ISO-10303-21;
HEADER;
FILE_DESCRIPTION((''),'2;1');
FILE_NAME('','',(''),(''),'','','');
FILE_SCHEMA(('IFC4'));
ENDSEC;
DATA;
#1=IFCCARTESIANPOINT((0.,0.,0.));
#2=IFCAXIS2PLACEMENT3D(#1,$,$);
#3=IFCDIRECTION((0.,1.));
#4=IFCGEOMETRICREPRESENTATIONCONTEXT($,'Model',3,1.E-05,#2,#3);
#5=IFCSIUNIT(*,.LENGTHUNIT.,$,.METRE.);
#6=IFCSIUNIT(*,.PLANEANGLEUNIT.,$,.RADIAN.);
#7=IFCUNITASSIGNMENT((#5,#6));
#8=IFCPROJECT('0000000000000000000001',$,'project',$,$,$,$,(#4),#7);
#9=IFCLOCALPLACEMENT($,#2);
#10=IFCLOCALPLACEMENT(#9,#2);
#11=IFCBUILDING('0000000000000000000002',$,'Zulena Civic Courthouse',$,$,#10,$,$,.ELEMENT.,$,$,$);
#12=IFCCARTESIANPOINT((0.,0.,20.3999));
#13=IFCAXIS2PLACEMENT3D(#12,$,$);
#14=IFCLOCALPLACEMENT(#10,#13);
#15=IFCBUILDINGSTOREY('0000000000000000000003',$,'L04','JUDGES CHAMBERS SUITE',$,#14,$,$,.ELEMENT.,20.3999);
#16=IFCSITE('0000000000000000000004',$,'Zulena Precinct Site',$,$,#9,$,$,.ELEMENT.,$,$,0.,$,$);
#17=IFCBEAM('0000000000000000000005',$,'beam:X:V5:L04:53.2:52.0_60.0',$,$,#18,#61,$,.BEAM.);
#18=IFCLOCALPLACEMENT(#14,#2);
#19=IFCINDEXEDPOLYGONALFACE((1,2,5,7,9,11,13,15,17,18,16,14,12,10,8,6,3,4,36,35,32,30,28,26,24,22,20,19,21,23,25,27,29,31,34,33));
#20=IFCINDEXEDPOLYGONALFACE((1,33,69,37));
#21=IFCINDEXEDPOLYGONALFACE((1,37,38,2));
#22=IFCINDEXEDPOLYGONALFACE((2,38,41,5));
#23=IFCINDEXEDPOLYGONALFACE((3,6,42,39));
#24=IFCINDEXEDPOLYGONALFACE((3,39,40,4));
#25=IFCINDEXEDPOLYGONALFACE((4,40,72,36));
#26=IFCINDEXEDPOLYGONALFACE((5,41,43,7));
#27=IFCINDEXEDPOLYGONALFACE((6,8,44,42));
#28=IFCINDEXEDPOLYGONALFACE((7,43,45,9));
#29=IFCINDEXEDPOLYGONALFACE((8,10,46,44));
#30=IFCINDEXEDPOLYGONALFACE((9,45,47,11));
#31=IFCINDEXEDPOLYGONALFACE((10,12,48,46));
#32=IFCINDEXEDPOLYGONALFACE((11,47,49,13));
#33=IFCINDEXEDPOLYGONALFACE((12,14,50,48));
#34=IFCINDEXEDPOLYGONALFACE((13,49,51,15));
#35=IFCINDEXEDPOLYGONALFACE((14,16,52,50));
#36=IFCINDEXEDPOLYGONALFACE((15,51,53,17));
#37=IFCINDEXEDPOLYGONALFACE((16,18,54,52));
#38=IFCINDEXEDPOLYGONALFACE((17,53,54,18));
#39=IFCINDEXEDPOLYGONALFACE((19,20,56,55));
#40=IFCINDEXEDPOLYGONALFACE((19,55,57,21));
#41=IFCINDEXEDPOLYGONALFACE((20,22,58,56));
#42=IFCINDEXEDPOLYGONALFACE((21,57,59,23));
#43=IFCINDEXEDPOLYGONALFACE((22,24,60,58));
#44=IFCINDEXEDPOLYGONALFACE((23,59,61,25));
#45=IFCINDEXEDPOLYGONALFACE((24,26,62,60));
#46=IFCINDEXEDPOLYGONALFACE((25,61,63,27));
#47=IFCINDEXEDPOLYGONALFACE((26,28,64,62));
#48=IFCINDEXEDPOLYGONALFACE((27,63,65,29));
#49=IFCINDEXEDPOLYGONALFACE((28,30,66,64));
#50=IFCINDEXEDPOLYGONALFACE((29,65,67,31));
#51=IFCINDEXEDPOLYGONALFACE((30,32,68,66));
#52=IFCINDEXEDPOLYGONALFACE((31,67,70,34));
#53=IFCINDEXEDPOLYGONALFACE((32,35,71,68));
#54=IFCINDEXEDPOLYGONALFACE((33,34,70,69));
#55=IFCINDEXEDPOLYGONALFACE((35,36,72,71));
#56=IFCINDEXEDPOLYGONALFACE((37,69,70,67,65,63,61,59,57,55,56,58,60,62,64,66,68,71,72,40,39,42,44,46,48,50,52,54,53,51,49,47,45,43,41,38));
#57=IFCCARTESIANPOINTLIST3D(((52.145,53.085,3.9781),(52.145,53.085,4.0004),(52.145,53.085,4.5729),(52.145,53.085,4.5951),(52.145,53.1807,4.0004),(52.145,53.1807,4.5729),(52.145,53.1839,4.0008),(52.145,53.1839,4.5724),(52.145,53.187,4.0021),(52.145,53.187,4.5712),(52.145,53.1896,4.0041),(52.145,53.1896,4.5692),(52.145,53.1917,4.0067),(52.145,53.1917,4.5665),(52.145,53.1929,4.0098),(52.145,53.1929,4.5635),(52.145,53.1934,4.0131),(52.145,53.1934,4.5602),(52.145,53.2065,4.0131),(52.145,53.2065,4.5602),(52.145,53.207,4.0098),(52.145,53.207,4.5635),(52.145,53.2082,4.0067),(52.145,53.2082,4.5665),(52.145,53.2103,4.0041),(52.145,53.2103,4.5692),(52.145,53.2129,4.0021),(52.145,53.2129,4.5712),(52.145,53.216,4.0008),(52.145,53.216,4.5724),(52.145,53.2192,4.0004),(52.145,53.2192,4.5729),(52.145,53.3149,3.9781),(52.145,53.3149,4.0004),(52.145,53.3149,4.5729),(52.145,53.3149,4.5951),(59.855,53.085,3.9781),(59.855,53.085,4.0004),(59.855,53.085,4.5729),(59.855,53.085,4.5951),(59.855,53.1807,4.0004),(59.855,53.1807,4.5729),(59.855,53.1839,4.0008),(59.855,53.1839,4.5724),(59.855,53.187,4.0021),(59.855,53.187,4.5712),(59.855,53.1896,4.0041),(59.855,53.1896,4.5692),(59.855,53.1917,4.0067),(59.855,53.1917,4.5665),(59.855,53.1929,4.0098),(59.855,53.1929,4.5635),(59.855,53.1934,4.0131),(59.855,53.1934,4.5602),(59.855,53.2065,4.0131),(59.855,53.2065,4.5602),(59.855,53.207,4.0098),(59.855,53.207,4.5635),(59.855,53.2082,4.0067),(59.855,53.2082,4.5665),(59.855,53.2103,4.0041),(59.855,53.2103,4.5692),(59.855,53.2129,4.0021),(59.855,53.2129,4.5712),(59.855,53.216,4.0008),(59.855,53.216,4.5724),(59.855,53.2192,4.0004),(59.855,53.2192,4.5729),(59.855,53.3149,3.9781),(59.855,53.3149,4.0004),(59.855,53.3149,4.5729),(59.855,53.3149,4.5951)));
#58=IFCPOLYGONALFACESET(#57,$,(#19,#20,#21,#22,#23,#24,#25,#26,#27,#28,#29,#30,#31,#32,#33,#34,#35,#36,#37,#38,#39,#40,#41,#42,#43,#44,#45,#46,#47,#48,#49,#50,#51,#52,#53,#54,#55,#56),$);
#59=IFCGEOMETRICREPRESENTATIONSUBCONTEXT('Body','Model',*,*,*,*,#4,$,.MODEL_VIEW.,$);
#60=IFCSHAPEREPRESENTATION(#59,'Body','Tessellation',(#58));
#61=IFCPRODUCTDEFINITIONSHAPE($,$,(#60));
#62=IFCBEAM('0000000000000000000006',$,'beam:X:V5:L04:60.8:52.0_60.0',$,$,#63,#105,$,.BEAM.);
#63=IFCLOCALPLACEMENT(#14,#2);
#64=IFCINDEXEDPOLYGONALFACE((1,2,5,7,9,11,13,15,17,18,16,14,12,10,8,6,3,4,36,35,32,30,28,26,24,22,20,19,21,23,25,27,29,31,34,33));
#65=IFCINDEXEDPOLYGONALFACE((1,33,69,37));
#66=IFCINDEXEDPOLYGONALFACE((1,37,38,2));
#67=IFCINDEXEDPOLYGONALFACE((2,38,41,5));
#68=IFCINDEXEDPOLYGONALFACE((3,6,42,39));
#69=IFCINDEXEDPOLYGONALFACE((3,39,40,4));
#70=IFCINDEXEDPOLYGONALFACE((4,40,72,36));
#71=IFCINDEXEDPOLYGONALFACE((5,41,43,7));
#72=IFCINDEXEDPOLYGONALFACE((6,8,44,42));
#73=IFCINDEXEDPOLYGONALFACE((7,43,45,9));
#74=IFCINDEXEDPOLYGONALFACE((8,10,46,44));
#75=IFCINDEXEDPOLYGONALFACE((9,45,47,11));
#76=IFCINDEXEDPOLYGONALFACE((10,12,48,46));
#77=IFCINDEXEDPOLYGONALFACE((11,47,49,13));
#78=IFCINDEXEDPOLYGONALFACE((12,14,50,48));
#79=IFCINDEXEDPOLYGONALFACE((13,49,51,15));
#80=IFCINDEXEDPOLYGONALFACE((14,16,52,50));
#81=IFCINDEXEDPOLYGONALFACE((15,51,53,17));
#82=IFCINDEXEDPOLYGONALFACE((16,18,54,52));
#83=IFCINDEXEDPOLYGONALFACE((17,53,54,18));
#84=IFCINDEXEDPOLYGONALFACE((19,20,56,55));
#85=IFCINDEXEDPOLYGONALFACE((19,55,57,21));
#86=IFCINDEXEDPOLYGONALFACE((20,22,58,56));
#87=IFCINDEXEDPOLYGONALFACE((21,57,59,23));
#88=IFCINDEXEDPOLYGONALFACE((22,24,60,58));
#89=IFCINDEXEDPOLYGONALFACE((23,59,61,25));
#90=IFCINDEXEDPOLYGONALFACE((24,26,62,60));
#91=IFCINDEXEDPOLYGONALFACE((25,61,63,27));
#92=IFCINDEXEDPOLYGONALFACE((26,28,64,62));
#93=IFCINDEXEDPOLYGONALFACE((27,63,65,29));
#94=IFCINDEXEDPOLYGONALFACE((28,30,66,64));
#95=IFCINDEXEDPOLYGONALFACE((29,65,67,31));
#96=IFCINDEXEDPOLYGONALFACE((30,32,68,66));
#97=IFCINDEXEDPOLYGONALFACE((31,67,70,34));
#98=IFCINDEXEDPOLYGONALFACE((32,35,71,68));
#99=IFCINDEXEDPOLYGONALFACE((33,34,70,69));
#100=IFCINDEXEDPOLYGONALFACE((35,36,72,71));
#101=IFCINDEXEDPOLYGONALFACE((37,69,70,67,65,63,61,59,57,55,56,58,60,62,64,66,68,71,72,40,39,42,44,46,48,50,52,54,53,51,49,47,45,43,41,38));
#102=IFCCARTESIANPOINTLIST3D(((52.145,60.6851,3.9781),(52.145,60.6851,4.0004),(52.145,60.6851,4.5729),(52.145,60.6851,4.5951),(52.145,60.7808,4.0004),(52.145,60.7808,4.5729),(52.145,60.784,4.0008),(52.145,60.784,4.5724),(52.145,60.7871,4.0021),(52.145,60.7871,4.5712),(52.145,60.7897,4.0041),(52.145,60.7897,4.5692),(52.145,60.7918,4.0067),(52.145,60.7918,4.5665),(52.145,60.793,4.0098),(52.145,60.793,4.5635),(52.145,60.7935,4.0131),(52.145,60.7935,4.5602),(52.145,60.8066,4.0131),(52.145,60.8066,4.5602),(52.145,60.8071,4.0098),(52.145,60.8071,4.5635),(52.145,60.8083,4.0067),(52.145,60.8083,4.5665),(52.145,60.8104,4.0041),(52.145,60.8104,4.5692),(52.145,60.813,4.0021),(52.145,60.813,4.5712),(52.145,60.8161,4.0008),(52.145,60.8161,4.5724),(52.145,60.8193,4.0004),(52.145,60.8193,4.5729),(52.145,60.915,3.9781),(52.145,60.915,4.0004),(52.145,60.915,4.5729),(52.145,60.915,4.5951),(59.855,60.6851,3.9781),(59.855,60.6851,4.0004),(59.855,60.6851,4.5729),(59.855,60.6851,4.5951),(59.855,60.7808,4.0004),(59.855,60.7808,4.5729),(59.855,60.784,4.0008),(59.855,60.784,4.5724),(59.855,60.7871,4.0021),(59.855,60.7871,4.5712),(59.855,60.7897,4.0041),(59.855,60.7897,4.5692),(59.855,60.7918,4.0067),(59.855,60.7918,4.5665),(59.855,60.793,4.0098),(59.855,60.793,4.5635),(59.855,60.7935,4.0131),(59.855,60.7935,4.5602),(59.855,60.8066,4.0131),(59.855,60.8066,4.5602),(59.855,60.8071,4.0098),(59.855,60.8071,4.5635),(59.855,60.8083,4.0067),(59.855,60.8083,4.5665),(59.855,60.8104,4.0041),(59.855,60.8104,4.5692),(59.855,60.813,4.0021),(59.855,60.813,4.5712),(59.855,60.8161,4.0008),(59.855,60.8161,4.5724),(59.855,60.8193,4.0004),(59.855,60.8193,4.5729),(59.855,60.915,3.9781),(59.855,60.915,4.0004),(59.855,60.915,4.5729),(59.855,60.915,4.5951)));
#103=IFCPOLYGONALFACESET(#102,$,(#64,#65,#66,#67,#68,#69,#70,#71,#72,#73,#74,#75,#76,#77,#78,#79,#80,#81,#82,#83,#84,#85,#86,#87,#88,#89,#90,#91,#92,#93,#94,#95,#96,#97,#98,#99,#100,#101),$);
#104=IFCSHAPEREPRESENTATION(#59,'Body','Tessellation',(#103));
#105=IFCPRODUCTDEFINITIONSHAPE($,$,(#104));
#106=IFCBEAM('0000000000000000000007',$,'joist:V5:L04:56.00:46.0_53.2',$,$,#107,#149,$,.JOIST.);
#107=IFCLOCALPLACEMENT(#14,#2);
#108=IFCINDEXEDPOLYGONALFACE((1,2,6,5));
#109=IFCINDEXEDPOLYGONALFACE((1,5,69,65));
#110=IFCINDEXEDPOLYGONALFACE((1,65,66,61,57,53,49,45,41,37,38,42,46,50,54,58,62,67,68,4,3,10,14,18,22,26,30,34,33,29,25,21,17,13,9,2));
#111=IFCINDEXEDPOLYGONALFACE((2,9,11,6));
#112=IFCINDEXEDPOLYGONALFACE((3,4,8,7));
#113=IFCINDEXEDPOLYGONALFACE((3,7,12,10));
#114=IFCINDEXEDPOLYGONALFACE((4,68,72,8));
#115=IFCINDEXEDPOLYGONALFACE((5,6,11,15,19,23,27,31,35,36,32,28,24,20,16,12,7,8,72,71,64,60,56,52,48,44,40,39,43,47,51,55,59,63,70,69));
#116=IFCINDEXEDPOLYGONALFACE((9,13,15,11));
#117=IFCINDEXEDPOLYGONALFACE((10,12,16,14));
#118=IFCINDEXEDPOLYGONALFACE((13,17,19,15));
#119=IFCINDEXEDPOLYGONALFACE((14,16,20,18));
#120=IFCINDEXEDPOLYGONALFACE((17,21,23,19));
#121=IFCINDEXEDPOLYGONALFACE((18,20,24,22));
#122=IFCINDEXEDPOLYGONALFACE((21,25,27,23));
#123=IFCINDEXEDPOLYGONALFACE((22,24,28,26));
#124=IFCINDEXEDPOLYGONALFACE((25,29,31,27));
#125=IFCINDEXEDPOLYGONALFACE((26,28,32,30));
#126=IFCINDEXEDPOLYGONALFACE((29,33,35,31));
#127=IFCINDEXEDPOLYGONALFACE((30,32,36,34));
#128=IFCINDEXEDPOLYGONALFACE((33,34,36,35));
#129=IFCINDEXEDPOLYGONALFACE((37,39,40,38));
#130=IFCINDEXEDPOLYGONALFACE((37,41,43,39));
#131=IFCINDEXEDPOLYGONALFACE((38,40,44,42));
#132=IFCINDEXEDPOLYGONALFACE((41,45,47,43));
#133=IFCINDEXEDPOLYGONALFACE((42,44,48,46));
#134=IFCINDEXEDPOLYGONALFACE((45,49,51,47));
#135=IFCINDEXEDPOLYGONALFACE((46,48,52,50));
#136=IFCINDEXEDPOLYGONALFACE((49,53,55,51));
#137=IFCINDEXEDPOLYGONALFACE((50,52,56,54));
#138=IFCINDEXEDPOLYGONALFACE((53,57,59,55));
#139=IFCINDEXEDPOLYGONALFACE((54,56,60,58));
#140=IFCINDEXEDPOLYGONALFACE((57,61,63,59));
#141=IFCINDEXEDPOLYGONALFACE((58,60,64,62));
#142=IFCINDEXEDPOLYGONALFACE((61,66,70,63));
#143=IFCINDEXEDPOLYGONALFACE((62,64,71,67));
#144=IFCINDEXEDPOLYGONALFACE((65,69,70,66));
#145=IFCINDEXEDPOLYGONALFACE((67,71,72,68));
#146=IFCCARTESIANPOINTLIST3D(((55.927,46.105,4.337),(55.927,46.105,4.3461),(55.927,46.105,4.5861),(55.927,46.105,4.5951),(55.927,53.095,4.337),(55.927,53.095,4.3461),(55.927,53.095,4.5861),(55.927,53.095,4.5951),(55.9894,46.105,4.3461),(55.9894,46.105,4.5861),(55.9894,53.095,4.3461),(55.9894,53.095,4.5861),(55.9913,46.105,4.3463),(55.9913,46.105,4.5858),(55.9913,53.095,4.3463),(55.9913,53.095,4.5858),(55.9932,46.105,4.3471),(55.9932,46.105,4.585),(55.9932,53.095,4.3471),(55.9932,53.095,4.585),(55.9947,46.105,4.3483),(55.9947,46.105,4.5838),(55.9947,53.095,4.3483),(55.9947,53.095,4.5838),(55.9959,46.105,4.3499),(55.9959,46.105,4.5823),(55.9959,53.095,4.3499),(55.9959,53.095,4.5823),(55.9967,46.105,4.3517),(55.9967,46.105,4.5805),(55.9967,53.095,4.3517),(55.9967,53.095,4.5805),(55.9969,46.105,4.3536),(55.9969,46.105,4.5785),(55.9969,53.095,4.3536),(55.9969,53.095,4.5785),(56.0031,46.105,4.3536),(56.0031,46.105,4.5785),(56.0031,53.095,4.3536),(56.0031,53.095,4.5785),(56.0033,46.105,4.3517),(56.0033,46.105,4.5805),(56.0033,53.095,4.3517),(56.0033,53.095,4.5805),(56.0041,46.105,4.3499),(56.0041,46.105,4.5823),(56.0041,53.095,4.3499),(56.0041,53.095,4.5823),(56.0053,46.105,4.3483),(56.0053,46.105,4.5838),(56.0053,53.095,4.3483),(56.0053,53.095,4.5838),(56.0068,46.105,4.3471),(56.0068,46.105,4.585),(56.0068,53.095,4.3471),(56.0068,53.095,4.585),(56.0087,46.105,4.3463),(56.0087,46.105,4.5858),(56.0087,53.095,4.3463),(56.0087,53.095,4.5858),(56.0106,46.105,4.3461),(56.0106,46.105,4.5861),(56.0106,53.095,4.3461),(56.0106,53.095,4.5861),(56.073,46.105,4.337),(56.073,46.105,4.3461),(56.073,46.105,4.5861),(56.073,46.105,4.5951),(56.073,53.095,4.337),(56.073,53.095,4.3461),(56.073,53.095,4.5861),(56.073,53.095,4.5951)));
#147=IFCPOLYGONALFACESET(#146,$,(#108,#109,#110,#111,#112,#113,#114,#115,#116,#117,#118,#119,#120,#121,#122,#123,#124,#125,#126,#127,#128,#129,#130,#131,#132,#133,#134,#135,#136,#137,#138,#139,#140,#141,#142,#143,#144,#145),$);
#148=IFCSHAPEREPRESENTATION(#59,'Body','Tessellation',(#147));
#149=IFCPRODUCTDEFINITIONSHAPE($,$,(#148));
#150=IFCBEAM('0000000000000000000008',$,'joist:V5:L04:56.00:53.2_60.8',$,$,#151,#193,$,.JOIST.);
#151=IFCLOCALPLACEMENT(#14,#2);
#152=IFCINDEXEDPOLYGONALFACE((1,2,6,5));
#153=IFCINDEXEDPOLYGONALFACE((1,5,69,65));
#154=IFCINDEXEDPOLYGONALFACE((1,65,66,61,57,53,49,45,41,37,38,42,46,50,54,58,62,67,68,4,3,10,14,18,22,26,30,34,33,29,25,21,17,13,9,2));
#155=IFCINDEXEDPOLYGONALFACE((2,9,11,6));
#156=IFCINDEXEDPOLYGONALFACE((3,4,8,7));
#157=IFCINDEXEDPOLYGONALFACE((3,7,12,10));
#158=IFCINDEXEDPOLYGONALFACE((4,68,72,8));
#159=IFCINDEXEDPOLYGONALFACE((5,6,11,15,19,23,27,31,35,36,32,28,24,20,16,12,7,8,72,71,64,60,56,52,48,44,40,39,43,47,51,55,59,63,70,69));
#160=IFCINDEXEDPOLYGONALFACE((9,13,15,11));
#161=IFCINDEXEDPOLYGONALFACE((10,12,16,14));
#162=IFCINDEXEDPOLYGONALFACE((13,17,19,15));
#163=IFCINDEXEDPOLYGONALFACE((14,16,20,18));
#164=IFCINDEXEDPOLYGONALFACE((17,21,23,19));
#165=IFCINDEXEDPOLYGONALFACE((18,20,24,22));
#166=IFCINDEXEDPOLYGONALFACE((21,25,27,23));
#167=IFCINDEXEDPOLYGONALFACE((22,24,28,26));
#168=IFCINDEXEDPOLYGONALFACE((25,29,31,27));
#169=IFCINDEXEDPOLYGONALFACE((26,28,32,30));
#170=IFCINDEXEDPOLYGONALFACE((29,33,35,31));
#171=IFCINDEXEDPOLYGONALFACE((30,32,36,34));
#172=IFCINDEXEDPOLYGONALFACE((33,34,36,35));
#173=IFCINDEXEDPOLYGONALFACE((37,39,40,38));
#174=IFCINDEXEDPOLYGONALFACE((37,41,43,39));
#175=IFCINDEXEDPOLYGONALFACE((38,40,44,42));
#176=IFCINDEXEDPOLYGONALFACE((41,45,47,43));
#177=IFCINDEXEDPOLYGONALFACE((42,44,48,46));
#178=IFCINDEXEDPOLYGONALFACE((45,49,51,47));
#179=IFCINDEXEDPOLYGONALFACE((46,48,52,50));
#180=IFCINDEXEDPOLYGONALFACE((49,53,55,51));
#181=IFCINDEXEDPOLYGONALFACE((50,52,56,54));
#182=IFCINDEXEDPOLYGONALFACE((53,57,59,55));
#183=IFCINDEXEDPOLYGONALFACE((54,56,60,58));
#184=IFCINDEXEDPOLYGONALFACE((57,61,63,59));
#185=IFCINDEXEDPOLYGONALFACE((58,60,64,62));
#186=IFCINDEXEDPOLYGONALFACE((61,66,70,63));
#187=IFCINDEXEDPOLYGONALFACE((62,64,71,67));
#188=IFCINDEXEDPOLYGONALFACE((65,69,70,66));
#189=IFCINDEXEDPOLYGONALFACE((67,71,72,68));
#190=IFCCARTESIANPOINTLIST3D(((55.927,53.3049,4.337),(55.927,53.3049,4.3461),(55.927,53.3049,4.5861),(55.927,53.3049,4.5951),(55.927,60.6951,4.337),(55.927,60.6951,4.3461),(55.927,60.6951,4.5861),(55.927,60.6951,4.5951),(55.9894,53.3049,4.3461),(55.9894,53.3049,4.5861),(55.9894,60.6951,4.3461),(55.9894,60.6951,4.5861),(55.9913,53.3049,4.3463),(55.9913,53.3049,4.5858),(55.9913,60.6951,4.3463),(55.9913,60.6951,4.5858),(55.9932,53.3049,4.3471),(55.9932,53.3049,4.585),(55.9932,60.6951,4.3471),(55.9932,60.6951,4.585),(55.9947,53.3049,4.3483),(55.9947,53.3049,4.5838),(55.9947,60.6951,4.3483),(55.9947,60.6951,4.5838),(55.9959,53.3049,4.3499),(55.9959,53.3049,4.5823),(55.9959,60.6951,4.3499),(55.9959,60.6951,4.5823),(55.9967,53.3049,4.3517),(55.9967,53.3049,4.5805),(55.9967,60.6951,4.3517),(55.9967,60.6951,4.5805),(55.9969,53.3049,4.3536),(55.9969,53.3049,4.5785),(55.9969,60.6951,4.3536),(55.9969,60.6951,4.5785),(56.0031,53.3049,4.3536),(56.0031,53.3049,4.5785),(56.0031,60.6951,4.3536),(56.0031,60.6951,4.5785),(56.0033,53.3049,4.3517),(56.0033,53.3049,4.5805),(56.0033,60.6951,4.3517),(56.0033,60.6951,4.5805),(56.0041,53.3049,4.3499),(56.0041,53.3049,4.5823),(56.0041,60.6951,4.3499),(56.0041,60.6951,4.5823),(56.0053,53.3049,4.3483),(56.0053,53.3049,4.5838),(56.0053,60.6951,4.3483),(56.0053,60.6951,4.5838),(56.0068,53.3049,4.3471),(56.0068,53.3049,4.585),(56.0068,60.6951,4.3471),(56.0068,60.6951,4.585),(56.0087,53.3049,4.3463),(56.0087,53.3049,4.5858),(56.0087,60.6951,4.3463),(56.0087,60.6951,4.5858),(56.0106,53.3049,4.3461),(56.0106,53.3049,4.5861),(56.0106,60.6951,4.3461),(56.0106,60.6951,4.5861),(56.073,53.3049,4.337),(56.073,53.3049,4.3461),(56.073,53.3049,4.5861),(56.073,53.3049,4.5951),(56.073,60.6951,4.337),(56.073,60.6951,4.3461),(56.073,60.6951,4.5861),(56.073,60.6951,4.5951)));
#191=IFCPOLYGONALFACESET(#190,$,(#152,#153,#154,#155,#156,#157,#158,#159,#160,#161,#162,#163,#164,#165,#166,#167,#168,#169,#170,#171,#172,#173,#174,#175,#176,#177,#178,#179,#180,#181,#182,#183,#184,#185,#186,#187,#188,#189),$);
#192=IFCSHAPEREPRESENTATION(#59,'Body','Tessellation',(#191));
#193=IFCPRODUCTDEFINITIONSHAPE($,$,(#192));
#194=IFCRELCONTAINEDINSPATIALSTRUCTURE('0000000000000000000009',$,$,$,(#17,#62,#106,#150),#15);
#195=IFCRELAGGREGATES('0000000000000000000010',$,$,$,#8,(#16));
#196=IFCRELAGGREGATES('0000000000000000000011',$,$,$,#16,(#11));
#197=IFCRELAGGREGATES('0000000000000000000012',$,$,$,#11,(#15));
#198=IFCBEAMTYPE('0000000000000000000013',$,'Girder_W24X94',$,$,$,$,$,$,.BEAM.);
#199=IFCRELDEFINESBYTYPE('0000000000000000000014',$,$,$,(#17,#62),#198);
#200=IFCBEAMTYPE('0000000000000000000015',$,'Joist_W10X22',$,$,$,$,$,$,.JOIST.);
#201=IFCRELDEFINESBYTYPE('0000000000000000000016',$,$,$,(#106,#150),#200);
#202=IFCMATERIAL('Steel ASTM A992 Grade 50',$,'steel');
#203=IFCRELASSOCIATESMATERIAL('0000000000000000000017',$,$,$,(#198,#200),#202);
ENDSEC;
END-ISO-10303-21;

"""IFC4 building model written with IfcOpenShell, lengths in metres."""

from ifc_helpers import new_model, si_unit, direction, frame, origin, origin_2d, place, context, subcontext, project, spatial, i_section, extrude, material, material_profile, profile_set, type_object, element, save


model = new_model("IFC4")

# Units and contexts
model_context = context("Model", 3, precision=1e-05, world=origin(), true_north=direction((0.0, 1.0)))
body_context = subcontext(model_context, "Body", "Model", "MODEL_VIEW")
ifc_project = project(units=[si_unit("LENGTHUNIT", "METRE"), si_unit("PLANEANGLEUNIT", "RADIAN")], contexts=[model_context])

# Site, building, storey
site_placement = place(None, origin())
site = spatial("IfcSite", under=ifc_project, at=site_placement, Name="Zulena Precinct Site", CompositionType="ELEMENT", RefElevation=0.0)
building_placement = place(site_placement, origin())
building = spatial("IfcBuilding", under=site, at=building_placement, Name="Zulena Civic Courthouse", CompositionType="ELEMENT")
storey_placement = place(building_placement, frame((0.0, 0.0, 20.3999)))
storey = spatial("IfcBuildingStorey", under=building, at=storey_placement, Name="L04", Description="JUDGES CHAMBERS SUITE", CompositionType="ELEMENT", Elevation=20.3999)

# Shared definitions
ifc_material_1 = material(Name="Steel ASTM A992 Grade 50", Category="steel")

# Beams
ifc_material_profile_1 = material_profile(ifc_material_1, i_section(OverallWidth=0.23, OverallDepth=0.6169, WebThickness=0.0132, FlangeThickness=0.0222, FilletRadius=0.0127, at=origin_2d()), Name="W24X94")
ifc_profile_set_1 = profile_set([ifc_material_profile_1], Name="Steel ASTM A992 Grade 50")
beam_type_1 = type_object("IfcBeamType", Name="Girder_W24X94", PredefinedType="BEAM", material=ifc_profile_set_1)
for number, where, z_axis, x_axis, name in (
    (1, (52.145, 53.2, 4.2866), (1.0, 0.0, 0.0), (0.0, 1.0, 0.0), "beam:X:V5:L04:53.2:52.0_60.0"),
    (2, (52.145, 60.8, 4.2866), (1.0, 0.0, 0.0), (0.0, 1.0, 0.0), "beam:X:V5:L04:60.8:52.0_60.0"),
):
    element("IfcBeam", number, at=place(storey_placement, frame(where, z_axis=z_axis, x_axis=x_axis)), inside=storey, type_object=beam_type_1, Name=name, PredefinedType="BEAM", context=body_context, shape_type="SweptSolid", body=[
        extrude(i_section(OverallWidth=0.23, OverallDepth=0.6169, WebThickness=0.0132, FlangeThickness=0.0222, FilletRadius=0.0127, at=origin_2d()), origin(), (0.0, 0.0, 1.0), 7.71),
    ])
ifc_material_profile_2 = material_profile(ifc_material_1, i_section(OverallWidth=0.146, OverallDepth=0.2581, WebThickness=0.0061, FlangeThickness=0.009, FilletRadius=0.0076, at=origin_2d()), Name="W10X22")
ifc_profile_set_2 = profile_set([ifc_material_profile_2], Name="Steel ASTM A992 Grade 50")
beam_type_2 = type_object("IfcBeamType", Name="Joist_W10X22", PredefinedType="JOIST", material=ifc_profile_set_2)
beam_1_placement = place(storey_placement, frame((56.0, 46.105, 4.4661), z_axis=(0.0, 1.0, 0.0), x_axis=(-1.0, 0.0, 0.0)))
element("IfcBeam", 3, at=beam_1_placement, inside=storey, type_object=beam_type_2, Name="joist:V5:L04:56.00:46.0_53.2", PredefinedType="JOIST", context=body_context, shape_type="SweptSolid", body=[
    extrude(i_section(OverallWidth=0.146, OverallDepth=0.2581, WebThickness=0.0061, FlangeThickness=0.009, FilletRadius=0.0076, at=origin_2d()), origin(), (0.0, 0.0, 1.0), 6.99),
])
beam_2_placement = place(storey_placement, frame((56.0, 53.3049, 4.4661), z_axis=(0.0, 1.0, 0.0), x_axis=(-1.0, 0.0, 0.0)))
element("IfcBeam", 4, at=beam_2_placement, inside=storey, type_object=beam_type_2, Name="joist:V5:L04:56.00:53.2_60.8", PredefinedType="JOIST", context=body_context, shape_type="SweptSolid", body=[
    extrude(i_section(OverallWidth=0.146, OverallDepth=0.2581, WebThickness=0.0061, FlangeThickness=0.009, FilletRadius=0.0076, at=origin_2d()), origin(), (0.0, 0.0, 1.0), 7.3901),
])

save(model, "model.ifc")
